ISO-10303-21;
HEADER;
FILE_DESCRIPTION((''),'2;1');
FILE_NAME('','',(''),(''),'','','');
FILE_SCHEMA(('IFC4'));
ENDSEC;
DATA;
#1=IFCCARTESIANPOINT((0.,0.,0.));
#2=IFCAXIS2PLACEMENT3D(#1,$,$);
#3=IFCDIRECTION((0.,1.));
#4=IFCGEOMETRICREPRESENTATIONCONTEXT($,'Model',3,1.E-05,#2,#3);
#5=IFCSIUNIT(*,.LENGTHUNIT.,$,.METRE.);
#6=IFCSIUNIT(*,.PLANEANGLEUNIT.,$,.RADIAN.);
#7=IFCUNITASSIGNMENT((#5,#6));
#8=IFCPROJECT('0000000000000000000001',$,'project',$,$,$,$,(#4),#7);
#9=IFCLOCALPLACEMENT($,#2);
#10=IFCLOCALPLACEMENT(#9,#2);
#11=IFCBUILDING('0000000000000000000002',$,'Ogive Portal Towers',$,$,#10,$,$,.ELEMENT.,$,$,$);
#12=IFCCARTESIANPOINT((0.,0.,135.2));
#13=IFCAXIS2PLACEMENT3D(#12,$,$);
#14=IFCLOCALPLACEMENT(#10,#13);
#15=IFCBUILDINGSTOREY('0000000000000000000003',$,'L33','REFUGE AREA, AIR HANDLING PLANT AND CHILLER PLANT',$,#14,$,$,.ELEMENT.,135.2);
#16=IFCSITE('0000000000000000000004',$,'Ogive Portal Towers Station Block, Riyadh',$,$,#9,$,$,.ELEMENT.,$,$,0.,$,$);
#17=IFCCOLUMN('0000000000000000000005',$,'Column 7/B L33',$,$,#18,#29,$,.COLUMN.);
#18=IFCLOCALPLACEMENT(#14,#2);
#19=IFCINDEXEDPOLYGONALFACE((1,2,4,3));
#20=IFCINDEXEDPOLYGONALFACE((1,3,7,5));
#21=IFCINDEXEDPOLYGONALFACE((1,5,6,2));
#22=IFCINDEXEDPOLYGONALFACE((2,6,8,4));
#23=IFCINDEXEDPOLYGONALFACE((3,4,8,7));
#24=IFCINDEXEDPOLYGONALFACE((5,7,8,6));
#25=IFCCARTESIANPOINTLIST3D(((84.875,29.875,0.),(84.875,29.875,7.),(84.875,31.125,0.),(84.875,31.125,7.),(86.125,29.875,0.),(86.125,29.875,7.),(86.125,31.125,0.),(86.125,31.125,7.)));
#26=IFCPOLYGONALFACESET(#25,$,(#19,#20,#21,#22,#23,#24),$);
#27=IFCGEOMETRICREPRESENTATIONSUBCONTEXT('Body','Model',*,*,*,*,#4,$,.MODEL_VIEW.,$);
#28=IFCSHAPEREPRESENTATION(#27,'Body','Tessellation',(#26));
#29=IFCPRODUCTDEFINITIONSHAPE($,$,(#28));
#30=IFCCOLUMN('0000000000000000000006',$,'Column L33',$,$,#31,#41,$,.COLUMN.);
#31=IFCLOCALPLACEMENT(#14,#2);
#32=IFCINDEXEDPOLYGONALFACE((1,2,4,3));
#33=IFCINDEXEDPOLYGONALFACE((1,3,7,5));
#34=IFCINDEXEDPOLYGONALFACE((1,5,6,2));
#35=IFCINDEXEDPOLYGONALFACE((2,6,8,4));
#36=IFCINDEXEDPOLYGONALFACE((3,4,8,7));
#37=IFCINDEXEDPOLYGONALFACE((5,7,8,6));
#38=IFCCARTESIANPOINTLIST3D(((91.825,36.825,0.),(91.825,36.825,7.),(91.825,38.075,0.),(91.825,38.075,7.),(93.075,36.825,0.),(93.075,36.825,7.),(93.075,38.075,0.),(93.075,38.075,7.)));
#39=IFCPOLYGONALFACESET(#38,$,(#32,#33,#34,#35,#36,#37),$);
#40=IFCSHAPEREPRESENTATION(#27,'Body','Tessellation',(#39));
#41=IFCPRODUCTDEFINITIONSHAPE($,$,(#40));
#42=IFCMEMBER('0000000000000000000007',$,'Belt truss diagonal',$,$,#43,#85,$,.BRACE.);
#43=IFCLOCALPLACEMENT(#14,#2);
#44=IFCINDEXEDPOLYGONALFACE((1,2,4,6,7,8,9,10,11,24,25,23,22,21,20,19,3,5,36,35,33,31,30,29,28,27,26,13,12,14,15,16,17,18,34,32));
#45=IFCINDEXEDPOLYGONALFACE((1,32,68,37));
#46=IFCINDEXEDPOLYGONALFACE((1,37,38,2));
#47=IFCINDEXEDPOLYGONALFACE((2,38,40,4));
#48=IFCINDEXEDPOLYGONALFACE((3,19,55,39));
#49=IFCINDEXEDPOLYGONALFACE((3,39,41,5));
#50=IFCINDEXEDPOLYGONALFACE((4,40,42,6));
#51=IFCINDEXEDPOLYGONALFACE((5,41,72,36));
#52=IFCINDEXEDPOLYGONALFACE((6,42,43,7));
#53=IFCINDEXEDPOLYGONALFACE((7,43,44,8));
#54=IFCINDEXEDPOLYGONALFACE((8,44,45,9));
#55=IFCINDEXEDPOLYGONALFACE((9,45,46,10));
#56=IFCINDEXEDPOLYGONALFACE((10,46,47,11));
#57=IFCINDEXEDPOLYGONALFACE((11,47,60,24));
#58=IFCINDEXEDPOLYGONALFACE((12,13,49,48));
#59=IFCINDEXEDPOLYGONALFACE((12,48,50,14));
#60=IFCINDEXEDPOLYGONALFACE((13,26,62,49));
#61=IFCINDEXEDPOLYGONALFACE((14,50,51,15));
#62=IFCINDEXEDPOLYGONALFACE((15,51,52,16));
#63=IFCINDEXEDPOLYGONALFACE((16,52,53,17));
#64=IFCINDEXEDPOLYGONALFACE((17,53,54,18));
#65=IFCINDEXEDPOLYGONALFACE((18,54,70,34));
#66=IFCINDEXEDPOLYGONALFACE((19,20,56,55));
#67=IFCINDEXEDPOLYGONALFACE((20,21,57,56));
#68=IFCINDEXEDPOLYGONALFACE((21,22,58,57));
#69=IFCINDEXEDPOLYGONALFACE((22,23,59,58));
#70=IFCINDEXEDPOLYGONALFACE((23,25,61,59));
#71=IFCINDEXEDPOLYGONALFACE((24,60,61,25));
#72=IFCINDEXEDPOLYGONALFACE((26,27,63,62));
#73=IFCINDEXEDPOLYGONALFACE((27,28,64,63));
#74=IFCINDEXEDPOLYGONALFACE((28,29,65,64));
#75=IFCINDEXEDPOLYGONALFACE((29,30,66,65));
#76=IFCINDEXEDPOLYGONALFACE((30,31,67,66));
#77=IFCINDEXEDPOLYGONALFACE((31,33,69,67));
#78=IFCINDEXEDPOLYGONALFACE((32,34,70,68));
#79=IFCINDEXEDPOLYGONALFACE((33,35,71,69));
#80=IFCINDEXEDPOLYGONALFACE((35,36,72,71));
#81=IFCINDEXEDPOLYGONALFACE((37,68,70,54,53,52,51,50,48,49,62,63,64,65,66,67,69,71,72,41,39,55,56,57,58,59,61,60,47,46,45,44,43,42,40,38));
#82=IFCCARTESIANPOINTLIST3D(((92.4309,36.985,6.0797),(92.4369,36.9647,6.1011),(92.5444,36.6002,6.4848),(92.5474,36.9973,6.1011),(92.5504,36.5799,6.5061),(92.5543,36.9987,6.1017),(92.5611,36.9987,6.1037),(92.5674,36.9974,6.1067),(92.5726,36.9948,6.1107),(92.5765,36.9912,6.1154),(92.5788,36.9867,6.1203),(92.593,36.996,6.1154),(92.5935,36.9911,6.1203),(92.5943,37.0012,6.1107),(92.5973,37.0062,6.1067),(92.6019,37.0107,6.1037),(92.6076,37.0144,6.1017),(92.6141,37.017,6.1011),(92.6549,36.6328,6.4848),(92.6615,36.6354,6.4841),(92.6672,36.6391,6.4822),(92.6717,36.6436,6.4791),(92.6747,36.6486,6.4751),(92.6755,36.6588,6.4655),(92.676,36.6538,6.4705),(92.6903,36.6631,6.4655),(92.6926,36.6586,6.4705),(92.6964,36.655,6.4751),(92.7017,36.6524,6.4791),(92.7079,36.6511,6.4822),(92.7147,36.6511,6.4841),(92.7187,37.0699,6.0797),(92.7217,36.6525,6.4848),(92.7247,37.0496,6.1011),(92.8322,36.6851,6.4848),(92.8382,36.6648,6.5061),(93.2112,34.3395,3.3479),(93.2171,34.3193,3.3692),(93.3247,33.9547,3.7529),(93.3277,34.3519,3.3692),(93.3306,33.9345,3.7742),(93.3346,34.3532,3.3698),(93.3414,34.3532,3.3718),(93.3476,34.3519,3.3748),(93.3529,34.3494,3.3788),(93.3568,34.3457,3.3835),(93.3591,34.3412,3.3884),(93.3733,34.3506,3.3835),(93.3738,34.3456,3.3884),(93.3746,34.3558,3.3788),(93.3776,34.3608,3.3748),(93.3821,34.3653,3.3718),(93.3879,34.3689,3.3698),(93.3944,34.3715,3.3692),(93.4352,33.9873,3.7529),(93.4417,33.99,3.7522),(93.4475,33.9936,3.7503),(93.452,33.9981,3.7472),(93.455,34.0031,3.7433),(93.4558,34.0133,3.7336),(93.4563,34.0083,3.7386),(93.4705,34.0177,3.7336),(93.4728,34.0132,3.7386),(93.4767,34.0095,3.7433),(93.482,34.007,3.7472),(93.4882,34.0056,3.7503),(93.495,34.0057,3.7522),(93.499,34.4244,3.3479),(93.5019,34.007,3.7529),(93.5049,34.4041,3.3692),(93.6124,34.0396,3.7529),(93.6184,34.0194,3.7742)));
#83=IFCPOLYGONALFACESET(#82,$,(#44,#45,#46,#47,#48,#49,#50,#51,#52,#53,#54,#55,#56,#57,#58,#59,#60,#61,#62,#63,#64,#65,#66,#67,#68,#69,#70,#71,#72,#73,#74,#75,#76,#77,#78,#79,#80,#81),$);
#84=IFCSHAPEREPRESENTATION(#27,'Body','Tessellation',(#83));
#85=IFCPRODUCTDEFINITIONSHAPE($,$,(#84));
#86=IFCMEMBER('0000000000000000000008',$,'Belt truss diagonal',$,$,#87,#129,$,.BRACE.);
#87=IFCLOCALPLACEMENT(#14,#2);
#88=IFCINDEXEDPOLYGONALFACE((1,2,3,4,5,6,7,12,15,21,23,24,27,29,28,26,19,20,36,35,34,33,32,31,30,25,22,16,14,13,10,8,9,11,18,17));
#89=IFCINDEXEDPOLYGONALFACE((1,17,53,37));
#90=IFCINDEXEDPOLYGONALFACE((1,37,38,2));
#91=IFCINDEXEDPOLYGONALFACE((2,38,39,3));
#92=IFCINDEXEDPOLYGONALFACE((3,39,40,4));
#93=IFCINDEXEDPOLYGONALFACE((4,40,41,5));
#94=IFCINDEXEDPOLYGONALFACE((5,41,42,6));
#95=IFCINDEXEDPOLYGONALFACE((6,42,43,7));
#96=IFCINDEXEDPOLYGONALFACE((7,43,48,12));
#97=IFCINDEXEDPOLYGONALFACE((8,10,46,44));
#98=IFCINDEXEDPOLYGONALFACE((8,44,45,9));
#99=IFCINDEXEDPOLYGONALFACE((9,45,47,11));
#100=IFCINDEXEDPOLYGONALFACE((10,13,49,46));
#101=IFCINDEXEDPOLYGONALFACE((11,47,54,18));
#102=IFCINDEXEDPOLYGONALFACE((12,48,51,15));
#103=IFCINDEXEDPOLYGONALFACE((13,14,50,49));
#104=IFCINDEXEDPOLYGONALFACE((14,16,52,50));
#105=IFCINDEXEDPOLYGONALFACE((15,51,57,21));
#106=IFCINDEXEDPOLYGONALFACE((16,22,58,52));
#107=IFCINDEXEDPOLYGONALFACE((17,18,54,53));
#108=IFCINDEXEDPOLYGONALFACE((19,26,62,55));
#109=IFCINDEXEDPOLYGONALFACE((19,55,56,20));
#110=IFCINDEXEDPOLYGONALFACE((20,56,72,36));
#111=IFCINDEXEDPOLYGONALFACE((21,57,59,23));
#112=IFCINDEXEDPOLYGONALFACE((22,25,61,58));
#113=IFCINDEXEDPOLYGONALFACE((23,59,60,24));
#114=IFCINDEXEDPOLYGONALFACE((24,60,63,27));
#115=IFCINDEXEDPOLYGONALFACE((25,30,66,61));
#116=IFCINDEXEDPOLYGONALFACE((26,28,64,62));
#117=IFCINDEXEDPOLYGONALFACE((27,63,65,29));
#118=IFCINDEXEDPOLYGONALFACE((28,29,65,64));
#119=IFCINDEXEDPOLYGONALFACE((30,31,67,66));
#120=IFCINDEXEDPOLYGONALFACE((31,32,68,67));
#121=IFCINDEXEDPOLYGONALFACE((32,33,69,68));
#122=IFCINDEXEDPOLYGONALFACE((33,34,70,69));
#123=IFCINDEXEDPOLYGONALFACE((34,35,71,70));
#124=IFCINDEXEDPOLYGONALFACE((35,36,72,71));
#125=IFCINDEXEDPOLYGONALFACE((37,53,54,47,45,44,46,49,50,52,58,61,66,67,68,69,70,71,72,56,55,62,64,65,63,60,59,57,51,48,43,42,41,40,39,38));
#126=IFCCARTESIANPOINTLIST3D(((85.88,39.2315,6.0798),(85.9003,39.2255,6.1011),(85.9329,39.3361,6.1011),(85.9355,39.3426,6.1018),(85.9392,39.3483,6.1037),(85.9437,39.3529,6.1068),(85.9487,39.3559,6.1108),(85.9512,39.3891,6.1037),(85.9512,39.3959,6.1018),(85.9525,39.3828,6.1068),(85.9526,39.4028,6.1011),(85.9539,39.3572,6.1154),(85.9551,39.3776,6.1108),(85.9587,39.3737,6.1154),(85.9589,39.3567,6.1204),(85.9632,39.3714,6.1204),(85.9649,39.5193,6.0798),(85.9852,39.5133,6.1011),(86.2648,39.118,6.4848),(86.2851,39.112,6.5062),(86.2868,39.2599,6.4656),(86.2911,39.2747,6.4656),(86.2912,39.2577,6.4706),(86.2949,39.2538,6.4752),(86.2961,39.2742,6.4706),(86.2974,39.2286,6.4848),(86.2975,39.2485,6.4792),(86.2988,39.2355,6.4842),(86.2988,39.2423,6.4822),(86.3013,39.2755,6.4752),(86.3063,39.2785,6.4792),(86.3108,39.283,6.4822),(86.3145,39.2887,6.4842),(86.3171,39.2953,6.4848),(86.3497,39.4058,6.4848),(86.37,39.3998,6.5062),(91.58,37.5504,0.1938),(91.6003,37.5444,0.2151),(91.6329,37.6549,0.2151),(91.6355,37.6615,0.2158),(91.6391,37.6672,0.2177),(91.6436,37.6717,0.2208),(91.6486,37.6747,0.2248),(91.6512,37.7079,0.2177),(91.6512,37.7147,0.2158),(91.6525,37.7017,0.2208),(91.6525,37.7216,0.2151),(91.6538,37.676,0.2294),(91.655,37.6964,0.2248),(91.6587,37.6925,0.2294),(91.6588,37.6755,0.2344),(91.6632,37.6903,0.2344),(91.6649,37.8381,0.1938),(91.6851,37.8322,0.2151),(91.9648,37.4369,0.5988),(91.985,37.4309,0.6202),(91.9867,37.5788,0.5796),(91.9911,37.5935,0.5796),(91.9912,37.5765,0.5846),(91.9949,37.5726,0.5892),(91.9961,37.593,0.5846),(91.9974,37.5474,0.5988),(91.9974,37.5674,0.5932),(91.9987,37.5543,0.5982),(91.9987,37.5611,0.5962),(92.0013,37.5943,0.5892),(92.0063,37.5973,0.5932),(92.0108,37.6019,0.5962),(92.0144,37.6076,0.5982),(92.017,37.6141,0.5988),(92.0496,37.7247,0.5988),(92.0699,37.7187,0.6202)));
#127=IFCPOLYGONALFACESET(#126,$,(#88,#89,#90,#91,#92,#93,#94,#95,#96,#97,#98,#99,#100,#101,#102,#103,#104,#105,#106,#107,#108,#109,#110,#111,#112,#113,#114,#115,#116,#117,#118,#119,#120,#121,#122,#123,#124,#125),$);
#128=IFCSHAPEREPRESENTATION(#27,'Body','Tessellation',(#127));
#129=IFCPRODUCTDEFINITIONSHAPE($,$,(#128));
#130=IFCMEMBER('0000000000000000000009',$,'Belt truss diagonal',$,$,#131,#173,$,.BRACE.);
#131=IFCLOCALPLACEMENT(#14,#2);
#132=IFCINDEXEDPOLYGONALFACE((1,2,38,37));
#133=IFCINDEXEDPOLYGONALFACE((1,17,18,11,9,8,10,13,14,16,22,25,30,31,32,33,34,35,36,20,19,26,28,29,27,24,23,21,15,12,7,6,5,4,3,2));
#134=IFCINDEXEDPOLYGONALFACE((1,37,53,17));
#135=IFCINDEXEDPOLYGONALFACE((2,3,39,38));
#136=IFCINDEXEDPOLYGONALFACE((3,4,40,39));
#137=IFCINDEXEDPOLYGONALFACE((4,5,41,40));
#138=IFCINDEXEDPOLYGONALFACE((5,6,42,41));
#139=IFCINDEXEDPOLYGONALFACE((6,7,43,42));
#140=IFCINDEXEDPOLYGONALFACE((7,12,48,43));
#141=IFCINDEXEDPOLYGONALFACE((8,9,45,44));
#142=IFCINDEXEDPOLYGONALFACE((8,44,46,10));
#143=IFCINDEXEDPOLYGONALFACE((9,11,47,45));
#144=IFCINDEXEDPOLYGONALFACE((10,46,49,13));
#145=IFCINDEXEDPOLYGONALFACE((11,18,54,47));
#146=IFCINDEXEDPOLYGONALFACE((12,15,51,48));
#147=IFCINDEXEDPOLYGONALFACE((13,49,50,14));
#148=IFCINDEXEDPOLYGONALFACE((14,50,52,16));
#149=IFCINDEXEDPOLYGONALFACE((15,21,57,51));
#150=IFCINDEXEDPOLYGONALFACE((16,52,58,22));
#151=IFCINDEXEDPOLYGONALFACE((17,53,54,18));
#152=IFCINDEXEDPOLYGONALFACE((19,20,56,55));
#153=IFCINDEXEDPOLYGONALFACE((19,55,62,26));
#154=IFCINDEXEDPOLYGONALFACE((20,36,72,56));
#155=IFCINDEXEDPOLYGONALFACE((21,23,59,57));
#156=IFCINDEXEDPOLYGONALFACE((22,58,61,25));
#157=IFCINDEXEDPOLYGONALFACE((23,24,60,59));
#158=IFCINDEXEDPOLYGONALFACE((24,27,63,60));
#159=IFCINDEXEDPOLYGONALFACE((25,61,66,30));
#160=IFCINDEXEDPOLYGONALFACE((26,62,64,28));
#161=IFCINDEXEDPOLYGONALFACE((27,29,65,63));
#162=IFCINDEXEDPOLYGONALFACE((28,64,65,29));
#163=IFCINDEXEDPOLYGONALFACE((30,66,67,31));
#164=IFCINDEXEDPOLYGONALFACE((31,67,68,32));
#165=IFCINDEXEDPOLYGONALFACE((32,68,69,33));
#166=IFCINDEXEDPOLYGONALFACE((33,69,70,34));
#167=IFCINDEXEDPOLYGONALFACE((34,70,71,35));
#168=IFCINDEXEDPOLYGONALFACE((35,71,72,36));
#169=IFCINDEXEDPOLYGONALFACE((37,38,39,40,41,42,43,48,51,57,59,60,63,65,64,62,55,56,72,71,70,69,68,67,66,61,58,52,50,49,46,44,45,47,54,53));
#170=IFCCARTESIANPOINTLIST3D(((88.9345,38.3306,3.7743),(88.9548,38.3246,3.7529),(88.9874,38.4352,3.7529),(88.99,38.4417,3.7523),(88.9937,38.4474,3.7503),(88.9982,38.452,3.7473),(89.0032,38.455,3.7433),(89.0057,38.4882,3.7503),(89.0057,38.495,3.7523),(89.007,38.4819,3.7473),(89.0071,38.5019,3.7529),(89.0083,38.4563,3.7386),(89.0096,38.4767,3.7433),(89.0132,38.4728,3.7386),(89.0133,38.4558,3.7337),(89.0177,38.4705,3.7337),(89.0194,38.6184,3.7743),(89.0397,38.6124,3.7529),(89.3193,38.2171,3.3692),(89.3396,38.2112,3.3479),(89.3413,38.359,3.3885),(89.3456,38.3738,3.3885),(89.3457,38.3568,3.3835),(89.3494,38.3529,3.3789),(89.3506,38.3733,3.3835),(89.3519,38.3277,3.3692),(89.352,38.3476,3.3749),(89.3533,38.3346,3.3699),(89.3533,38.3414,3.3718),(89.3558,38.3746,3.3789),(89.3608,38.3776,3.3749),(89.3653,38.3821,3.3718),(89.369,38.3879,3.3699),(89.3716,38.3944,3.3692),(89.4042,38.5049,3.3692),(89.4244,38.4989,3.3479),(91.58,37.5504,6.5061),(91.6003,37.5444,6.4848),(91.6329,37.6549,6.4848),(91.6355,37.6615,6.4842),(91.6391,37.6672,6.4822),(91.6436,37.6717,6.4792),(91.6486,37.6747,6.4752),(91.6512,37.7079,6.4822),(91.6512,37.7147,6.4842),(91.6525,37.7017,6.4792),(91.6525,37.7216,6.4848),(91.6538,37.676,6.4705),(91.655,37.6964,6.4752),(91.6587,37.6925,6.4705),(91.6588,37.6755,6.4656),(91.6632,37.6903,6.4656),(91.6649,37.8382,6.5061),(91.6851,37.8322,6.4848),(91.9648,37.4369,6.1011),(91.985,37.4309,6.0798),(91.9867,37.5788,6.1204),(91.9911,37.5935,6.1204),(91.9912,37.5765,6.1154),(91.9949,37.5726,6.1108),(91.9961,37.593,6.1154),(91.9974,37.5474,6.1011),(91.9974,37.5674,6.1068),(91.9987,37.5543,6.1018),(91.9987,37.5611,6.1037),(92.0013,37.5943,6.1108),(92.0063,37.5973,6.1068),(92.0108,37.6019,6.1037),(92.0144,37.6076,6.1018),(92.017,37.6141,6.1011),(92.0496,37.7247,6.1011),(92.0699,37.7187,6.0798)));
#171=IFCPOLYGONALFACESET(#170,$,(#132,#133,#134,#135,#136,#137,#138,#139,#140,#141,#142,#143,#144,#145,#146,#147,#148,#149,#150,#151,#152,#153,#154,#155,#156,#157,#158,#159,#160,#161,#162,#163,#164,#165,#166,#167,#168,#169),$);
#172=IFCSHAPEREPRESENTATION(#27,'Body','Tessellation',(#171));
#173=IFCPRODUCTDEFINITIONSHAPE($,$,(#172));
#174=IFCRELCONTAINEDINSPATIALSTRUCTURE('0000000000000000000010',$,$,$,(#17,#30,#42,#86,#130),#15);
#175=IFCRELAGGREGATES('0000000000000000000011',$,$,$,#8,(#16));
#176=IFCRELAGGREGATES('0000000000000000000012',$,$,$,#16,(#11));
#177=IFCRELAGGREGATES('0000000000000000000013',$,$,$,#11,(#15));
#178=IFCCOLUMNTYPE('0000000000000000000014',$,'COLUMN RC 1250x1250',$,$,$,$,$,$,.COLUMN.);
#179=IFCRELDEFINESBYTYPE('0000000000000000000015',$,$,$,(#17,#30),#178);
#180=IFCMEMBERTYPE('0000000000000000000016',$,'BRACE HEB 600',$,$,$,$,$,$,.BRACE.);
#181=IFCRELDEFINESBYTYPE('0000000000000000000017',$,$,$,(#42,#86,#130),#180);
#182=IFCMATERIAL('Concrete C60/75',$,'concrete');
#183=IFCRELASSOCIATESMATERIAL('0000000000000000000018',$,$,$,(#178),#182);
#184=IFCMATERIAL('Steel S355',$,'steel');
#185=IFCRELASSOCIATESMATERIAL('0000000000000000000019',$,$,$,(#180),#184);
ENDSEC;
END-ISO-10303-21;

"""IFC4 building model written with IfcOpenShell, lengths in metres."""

from ifc_helpers import new_model, si_unit, direction, frame, origin, origin_2d, place, context, subcontext, project, spatial, rectangle, i_section, extrude, material, material_profile, profile_set, type_object, element, save


model = new_model("IFC4")

# Units and contexts
model_context = context("Model", 3, precision=1e-05, world=origin(), true_north=direction((0.0, 1.0)))
body_context = subcontext(model_context, "Body", "Model", "MODEL_VIEW")
ifc_project = project(units=[si_unit("LENGTHUNIT", "METRE"), si_unit("PLANEANGLEUNIT", "RADIAN")], contexts=[model_context])

# Site, building, storey
site_placement = place(None, origin())
site = spatial("IfcSite", under=ifc_project, at=site_placement, Name="Ogive Portal Towers Station Block, Riyadh", CompositionType="ELEMENT", RefElevation=0.0)
building_placement = place(site_placement, origin())
building = spatial("IfcBuilding", under=site, at=building_placement, Name="Ogive Portal Towers", CompositionType="ELEMENT")
storey_placement = place(building_placement, frame((0.0, 0.0, 135.2)))
storey = spatial("IfcBuildingStorey", under=building, at=storey_placement, Name="L33", Description="REFUGE AREA, AIR HANDLING PLANT AND CHILLER PLANT", CompositionType="ELEMENT", Elevation=135.2)

# Columns
ifc_material_1 = material(Name="Concrete C60/75", Category="concrete")
ifc_material_profile_1 = material_profile(ifc_material_1, rectangle(XDim=1.25, YDim=1.25, at=origin_2d()), Name="RC 1250x1250")
ifc_profile_set_1 = profile_set([ifc_material_profile_1], Name="Concrete C60/75")
column_type = type_object("IfcColumnType", Name="COLUMN RC 1250x1250", PredefinedType="COLUMN", material=ifc_profile_set_1)
for number, where, z_axis, x_axis, name in (
    (1, (85.5, 30.5, 0.0), (0.0, 0.0, 1.0), (1.0, 0.0, 0.0), "Column 7/B L33"),
    (2, (92.45, 37.45, 0.0), (0.0, 0.0, 1.0), (1.0, 0.0, 0.0), "Column L33"),
):
    element("IfcColumn", number, at=place(storey_placement, frame(where, z_axis=z_axis, x_axis=x_axis)), inside=storey, type_object=column_type, Name=name, PredefinedType="COLUMN", context=body_context, shape_type="SweptSolid", body=[
        extrude(rectangle(XDim=1.25, YDim=1.25, at=origin_2d()), origin(), (0.0, 0.0, 1.0), 7.0),
    ])

# Members
ifc_material_2 = material(Name="Steel S355", Category="steel")
ifc_material_profile_2 = material_profile(ifc_material_2, i_section(OverallWidth=0.3, OverallDepth=0.6001, WebThickness=0.0154, FlangeThickness=0.03, FilletRadius=0.0271, at=origin_2d()), Name="HEB 600")
ifc_profile_set_2 = profile_set([ifc_material_profile_2], Name="Steel S355")
member_type_1 = type_object("IfcMemberType", Name="BRACE HEB 600", PredefinedType="BRACE", material=ifc_profile_set_2)
member_1_placement = place(storey_placement, frame((93.4148, 34.1794, 3.561), z_axis=(-0.200991, 0.681456, 0.703719), x_axis=(-0.959151, -0.282895, 0.0)))
element("IfcMember", 3, at=member_1_placement, inside=storey, type_object=member_type_1, Name="Belt truss diagonal", PredefinedType="BRACE", context=body_context, shape_type="SweptSolid", body=[
    extrude(i_section(OverallWidth=0.3, OverallDepth=0.6001, WebThickness=0.0154, FlangeThickness=0.03, FilletRadius=0.0271, at=origin_2d()), origin(), (0.0, 0.0, 1.0), 3.8821),
])
member_2_placement = place(storey_placement, frame((91.825, 37.6345, 0.407), z_axis=(-0.681467, 0.200993, 0.703708), x_axis=(-0.282894, -0.959151, 0.0)))
element("IfcMember", 4, at=member_2_placement, inside=storey, type_object=member_type_1, Name="Belt truss diagonal", PredefinedType="BRACE", context=body_context, shape_type="SweptSolid", body=[
    extrude(i_section(OverallWidth=0.3, OverallDepth=0.6001, WebThickness=0.0154, FlangeThickness=0.03, FilletRadius=0.0271, at=origin_2d()), origin(), (0.0, 0.0, 1.0), 8.3643),
])
member_3_placement = place(storey_placement, frame((91.825, 37.6345, 6.293), z_axis=(-0.681456, 0.200991, -0.703719), x_axis=(-0.282895, -0.959151, 0.0)))
element("IfcMember", 5, at=member_3_placement, inside=storey, type_object=member_type_1, Name="Belt truss diagonal", PredefinedType="BRACE", context=body_context, shape_type="SweptSolid", body=[
    extrude(i_section(OverallWidth=0.3, OverallDepth=0.6001, WebThickness=0.0154, FlangeThickness=0.03, FilletRadius=0.0271, at=origin_2d()), origin(), (0.0, 0.0, 1.0), 3.8821),
])

save(model, "model.ifc")
